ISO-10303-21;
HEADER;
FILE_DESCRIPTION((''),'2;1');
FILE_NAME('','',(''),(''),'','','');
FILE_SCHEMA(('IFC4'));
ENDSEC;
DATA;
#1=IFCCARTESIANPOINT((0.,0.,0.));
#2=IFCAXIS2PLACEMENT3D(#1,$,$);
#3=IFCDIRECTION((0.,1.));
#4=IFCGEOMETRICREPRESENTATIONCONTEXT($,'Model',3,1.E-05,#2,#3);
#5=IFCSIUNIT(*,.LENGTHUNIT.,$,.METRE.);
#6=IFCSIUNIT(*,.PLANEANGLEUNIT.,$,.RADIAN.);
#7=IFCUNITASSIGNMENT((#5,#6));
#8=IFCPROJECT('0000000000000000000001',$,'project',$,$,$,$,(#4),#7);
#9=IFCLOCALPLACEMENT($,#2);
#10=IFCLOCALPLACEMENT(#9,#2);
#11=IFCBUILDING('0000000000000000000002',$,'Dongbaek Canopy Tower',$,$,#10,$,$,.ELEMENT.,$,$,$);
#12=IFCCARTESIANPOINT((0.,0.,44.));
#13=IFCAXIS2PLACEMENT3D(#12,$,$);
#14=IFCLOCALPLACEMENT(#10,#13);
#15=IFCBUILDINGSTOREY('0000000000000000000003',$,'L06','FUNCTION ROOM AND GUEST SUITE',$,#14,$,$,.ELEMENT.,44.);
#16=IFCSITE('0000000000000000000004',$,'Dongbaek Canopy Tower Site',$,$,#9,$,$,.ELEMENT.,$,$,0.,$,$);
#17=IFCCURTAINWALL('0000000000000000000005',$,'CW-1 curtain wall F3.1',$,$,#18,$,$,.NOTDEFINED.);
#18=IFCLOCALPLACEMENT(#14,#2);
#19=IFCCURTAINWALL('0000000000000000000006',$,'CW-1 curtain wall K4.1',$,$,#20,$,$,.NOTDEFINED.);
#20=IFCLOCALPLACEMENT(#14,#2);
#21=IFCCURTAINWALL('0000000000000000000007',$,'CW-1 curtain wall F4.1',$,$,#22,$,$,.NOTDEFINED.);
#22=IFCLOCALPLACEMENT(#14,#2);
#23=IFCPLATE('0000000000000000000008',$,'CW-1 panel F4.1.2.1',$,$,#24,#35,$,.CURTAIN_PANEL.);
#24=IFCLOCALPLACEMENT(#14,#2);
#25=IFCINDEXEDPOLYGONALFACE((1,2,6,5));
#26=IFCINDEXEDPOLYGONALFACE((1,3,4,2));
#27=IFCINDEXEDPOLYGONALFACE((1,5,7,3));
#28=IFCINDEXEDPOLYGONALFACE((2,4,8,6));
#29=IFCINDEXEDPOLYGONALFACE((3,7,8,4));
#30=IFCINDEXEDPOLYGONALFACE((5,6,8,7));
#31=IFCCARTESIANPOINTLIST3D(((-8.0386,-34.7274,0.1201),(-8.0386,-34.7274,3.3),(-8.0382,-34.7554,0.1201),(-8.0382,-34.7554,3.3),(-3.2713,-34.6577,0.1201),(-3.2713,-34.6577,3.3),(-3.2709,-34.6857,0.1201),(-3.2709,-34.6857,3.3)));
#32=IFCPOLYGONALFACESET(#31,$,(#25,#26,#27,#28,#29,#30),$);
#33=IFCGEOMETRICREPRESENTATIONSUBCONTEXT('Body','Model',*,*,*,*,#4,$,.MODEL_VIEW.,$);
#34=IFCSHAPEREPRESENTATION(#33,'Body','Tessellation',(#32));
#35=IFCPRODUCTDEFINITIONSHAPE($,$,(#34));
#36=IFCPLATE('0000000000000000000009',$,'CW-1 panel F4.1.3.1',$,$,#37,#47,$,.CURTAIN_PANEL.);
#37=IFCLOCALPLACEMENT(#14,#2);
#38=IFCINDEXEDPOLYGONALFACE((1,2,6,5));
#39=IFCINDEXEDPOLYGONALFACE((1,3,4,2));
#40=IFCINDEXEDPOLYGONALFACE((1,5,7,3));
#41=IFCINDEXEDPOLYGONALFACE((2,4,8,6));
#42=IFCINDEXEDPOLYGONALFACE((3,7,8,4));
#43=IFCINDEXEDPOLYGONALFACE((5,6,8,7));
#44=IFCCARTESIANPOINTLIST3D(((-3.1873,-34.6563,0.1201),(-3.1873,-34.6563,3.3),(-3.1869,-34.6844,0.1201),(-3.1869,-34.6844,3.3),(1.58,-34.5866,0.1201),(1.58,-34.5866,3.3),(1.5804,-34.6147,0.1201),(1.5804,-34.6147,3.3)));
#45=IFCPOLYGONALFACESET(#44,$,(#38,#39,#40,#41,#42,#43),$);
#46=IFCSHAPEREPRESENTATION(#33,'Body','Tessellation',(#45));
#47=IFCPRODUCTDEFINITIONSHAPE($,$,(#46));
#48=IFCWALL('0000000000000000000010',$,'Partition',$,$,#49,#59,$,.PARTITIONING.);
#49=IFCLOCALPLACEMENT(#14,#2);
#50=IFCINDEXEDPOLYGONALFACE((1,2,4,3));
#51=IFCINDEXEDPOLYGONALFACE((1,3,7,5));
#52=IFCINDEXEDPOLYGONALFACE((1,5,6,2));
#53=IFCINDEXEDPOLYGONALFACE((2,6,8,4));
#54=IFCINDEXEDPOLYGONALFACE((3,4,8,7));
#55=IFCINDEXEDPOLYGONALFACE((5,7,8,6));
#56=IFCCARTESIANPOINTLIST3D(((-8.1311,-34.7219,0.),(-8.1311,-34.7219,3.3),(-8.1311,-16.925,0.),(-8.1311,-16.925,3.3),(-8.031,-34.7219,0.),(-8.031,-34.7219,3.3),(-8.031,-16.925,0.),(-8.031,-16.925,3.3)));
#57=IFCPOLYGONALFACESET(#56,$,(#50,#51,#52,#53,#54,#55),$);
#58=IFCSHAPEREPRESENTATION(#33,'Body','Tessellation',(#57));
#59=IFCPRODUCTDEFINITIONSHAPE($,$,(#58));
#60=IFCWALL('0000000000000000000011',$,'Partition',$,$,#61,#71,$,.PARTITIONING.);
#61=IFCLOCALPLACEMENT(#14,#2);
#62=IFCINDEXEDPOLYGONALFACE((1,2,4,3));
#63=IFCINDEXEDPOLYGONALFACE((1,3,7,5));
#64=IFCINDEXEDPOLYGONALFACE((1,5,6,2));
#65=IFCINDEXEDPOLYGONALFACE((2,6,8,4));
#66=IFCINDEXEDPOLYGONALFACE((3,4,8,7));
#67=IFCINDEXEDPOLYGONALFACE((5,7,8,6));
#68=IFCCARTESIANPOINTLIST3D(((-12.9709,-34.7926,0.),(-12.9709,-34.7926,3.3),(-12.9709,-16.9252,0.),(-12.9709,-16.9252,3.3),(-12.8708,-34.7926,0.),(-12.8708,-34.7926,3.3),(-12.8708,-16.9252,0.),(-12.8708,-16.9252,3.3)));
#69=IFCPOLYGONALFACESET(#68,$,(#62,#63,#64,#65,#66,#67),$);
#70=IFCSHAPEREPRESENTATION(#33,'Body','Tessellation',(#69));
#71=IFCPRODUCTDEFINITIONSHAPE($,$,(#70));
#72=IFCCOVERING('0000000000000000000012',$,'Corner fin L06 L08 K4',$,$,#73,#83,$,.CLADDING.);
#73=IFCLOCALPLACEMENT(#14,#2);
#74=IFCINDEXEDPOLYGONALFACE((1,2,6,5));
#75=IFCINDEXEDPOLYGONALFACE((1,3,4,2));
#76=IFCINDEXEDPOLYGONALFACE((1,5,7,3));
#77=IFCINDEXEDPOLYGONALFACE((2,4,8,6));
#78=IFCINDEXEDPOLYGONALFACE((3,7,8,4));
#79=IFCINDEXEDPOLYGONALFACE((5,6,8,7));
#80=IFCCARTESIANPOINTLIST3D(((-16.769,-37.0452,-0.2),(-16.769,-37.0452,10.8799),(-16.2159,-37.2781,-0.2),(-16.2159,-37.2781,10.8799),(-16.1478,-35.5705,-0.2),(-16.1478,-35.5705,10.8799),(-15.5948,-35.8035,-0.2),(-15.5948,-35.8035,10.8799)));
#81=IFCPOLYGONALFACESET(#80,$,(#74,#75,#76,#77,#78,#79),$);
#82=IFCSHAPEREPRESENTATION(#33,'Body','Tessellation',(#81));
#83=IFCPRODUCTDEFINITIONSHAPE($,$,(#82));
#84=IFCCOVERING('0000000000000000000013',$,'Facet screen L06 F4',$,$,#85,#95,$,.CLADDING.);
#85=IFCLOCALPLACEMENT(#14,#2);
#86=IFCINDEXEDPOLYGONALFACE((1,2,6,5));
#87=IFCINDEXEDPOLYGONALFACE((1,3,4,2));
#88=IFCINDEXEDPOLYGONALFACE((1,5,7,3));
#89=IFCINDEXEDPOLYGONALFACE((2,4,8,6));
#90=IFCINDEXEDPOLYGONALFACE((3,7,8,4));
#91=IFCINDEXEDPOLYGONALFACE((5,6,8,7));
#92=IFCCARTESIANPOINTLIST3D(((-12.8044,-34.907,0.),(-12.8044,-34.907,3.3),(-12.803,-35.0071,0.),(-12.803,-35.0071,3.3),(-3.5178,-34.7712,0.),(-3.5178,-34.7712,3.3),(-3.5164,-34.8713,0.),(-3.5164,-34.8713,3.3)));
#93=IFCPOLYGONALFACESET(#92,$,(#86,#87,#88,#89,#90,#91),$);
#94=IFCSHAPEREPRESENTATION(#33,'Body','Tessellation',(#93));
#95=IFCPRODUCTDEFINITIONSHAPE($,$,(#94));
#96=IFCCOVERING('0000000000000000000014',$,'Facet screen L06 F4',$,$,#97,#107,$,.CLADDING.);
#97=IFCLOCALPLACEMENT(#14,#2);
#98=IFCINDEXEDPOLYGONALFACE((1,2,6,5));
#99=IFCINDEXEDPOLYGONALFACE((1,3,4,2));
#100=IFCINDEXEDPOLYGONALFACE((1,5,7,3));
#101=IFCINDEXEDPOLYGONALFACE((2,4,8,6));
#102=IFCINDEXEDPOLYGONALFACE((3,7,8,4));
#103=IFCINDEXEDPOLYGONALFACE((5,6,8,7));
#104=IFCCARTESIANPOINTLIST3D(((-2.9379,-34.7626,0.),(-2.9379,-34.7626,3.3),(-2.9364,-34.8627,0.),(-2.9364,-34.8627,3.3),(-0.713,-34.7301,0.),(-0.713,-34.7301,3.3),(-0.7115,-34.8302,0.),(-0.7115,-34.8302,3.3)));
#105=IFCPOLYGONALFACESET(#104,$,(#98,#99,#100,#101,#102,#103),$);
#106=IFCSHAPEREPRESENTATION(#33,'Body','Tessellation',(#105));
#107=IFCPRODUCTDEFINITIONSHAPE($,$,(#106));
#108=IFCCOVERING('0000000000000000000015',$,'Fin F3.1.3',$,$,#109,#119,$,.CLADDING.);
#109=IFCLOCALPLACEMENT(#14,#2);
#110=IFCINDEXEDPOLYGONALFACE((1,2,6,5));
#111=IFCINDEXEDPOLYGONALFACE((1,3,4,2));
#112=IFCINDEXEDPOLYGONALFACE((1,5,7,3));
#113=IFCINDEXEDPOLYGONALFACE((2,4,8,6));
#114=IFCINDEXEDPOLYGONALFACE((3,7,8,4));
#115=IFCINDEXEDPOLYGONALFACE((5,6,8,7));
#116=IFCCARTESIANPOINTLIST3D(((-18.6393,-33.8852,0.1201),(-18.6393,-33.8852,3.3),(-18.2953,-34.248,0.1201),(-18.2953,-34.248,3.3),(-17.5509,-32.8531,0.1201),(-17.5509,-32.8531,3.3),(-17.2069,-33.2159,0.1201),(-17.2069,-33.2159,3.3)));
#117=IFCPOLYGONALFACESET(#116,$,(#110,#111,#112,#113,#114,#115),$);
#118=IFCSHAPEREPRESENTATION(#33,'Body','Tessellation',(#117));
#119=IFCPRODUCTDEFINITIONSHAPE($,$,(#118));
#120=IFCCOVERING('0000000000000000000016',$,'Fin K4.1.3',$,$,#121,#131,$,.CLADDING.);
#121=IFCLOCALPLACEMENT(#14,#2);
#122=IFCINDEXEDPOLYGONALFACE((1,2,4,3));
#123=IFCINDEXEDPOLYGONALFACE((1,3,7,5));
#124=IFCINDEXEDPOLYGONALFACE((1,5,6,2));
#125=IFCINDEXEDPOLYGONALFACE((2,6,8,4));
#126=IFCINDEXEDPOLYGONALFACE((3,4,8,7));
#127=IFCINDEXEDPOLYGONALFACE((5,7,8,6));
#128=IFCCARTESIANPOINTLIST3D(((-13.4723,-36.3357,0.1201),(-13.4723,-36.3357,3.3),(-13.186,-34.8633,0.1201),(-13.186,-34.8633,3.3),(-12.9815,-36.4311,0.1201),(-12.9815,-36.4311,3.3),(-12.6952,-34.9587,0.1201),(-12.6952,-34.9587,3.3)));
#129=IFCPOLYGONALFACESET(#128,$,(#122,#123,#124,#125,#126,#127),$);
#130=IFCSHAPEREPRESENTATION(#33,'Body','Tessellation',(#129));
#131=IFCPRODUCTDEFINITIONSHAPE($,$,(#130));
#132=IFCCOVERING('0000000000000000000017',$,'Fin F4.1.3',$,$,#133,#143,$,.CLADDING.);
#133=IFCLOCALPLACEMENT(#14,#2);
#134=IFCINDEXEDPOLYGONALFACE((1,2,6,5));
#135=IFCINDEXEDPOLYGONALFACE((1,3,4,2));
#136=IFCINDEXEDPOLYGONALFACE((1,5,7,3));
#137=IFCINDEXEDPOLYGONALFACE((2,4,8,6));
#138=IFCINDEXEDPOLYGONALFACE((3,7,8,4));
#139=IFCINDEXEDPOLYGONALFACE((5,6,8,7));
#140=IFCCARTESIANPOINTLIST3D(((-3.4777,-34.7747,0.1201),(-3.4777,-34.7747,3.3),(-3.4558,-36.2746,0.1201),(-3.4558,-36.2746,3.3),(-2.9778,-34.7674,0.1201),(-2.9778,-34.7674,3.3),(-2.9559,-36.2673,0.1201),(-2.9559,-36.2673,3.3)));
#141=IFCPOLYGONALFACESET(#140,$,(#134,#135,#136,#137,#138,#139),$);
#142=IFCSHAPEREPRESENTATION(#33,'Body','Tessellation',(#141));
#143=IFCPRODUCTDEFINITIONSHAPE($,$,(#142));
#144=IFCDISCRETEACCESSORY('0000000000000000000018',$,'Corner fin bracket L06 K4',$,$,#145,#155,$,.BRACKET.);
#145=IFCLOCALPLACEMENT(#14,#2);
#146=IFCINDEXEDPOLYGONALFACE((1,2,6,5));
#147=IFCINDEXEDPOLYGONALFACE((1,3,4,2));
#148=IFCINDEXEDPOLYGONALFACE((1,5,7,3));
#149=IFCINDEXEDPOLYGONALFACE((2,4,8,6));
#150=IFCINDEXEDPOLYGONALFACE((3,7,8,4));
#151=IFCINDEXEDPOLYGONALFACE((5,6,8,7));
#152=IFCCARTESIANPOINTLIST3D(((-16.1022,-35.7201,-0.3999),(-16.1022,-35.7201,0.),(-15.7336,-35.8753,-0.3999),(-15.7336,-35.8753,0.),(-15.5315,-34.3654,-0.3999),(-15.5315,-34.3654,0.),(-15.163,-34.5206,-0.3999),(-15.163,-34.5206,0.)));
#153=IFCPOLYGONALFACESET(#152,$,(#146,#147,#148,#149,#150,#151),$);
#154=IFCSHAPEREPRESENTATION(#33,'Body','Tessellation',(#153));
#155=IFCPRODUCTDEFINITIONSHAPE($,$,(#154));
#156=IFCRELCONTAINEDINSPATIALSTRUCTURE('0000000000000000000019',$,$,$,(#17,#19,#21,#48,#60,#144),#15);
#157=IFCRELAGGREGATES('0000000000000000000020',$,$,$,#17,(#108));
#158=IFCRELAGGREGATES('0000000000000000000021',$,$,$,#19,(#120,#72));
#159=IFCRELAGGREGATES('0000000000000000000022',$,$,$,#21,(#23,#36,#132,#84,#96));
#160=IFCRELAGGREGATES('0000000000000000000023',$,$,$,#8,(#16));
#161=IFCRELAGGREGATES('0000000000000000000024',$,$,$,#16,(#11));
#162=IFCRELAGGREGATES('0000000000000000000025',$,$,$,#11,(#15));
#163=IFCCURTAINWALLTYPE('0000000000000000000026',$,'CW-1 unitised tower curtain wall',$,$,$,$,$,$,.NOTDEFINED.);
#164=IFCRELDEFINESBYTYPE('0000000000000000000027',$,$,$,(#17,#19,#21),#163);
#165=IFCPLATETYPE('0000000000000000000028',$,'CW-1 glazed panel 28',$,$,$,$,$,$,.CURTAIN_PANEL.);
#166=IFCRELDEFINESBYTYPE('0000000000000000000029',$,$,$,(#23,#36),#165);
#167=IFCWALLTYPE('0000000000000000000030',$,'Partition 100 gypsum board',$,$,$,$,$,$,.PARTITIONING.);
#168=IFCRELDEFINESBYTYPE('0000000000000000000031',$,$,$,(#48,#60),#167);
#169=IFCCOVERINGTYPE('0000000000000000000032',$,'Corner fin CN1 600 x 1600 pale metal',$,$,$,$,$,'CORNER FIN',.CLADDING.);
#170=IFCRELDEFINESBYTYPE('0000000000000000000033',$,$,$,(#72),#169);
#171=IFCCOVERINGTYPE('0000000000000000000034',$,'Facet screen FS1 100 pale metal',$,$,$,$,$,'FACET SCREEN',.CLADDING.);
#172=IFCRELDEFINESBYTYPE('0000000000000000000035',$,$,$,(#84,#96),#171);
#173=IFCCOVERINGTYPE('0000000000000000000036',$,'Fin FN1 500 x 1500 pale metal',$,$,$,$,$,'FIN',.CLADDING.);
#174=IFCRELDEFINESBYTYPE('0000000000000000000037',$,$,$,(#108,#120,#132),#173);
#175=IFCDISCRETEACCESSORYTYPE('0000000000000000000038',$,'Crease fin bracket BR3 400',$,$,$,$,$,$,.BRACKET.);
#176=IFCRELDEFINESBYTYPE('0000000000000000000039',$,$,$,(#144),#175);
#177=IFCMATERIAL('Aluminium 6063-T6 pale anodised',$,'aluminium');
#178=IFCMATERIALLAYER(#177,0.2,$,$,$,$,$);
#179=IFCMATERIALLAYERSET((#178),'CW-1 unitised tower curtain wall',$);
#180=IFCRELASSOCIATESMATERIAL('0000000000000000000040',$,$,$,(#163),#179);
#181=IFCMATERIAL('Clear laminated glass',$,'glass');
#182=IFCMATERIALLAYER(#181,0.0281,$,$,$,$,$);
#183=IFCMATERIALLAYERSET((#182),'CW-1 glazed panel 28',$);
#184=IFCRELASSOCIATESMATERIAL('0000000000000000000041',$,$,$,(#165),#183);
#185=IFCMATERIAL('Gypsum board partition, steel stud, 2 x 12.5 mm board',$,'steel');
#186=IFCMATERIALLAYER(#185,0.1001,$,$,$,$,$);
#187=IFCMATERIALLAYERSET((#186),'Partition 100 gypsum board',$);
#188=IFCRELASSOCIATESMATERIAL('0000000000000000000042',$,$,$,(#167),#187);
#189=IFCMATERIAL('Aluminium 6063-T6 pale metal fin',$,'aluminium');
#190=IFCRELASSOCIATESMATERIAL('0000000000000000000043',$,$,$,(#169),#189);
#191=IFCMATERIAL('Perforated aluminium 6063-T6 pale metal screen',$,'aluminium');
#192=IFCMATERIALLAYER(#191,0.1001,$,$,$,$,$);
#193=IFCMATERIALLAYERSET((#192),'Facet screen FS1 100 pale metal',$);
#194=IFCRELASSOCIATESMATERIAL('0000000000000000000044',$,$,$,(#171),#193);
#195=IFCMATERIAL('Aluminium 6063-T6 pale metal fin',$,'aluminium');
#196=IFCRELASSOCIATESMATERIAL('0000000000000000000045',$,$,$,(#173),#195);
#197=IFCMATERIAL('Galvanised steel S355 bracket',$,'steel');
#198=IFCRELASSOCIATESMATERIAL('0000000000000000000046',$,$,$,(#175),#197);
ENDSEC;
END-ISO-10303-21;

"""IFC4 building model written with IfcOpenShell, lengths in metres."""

from ifc_helpers import new_model, si_unit, direction, frame, frame_2d, origin, origin_2d, place, context, subcontext, project, spatial, rectangle, extrude, material, layer, layer_set, material_profile, profile_set, type_object, element, aggregate, save


model = new_model("IFC4")

# Units and contexts
model_context = context("Model", 3, precision=1e-05, world=origin(), true_north=direction((0.0, 1.0)))
body_context = subcontext(model_context, "Body", "Model", "MODEL_VIEW")
ifc_project = project(units=[si_unit("LENGTHUNIT", "METRE"), si_unit("PLANEANGLEUNIT", "RADIAN")], contexts=[model_context])

# Site, building, storey
site_placement = place(None, origin())
site = spatial("IfcSite", under=ifc_project, at=site_placement, Name="Dongbaek Canopy Tower Site", CompositionType="ELEMENT", RefElevation=0.0)
building_placement = place(site_placement, origin())
building = spatial("IfcBuilding", under=site, at=building_placement, Name="Dongbaek Canopy Tower", CompositionType="ELEMENT")
storey_placement = place(building_placement, frame((0.0, 0.0, 44.0)))
storey = spatial("IfcBuildingStorey", under=building, at=storey_placement, Name="L06", Description="FUNCTION ROOM AND GUEST SUITE", CompositionType="ELEMENT", Elevation=44.0)

# Curtain wall
ifc_material_1 = material(Name="Aluminium 6063-T6 pale anodised", Category="aluminium")
ifc_layer_1 = layer(ifc_material_1, 0.2)
ifc_layer_set_1 = layer_set([ifc_layer_1], Name="CW-1 unitised tower curtain wall")
curtain_wall_type = type_object("IfcCurtainWallType", Name="CW-1 unitised tower curtain wall", PredefinedType="NOTDEFINED", material=ifc_layer_set_1)
curtain_wall_1_placement = place(storey_placement, origin())
curtain_wall_1 = element("IfcCurtainWall", 1, at=curtain_wall_1_placement, inside=storey, type_object=curtain_wall_type, Name="CW-1 curtain wall F3.1", PredefinedType="NOTDEFINED")

# Curtain walls
curtain_wall_2_placement = place(storey_placement, origin())
curtain_wall_2 = element("IfcCurtainWall", 2, at=curtain_wall_2_placement, inside=storey, type_object=curtain_wall_type, Name="CW-1 curtain wall K4.1", PredefinedType="NOTDEFINED")
curtain_wall_3_placement = place(storey_placement, origin())
curtain_wall_3 = element("IfcCurtainWall", 3, at=curtain_wall_3_placement, inside=storey, type_object=curtain_wall_type, Name="CW-1 curtain wall F4.1", PredefinedType="NOTDEFINED")

# Plates
ifc_material_2 = material(Name="Clear laminated glass", Category="glass")
ifc_layer_2 = layer(ifc_material_2, 0.0281)
ifc_layer_set_2 = layer_set([ifc_layer_2], Name="CW-1 glazed panel 28")
plate_type = type_object("IfcPlateType", Name="CW-1 glazed panel 28", PredefinedType="CURTAIN_PANEL", material=ifc_layer_set_2)
plate_1_placement = place(storey_placement, frame((-5.6548, -34.7065, 0.1201), z_axis=(0.0, 0.0, 1.0), x_axis=(0.999893, 0.014619, 0.0)))
plate_1 = element("IfcPlate", 4, at=plate_1_placement, type_object=plate_type, Name="CW-1 panel F4.1.2.1", PredefinedType="CURTAIN_PANEL", context=body_context, shape_type="SweptSolid", body=[
    extrude(rectangle(XDim=4.7678, YDim=0.0281, at=origin_2d()), origin(), (0.0, 0.0, 1.0), 3.1799),
])
plate_2_placement = place(storey_placement, frame((-0.8035, -34.6355, 0.1201), z_axis=(0.0, 0.0, 1.0), x_axis=(0.999893, 0.014619, 0.0)))
plate_2 = element("IfcPlate", 5, at=plate_2_placement, type_object=plate_type, Name="CW-1 panel F4.1.3.1", PredefinedType="CURTAIN_PANEL", context=body_context, shape_type="SweptSolid", body=[
    extrude(rectangle(XDim=4.7678, YDim=0.0281, at=origin_2d()), origin(), (0.0, 0.0, 1.0), 3.1799),
])

# Walls
ifc_material_3 = material(Name="Gypsum board partition, steel stud, 2 x 12.5 mm board", Category="steel")
ifc_layer_3 = layer(ifc_material_3, 0.1001)
ifc_layer_set_3 = layer_set([ifc_layer_3], Name="Partition 100 gypsum board")
wall_type = type_object("IfcWallType", Name="Partition 100 gypsum board", PredefinedType="PARTITIONING", material=ifc_layer_set_3)
wall_1_placement = place(storey_placement, frame((-8.0811, -34.7219, 0.0), z_axis=(0.0, 0.0, 1.0), x_axis=(0.0, 1.0, 0.0)))
element("IfcWall", 6, at=wall_1_placement, inside=storey, type_object=wall_type, Name="Partition", PredefinedType="PARTITIONING", context=body_context, shape_type="SweptSolid", body=[
    extrude(rectangle(XDim=17.7969, YDim=0.1001, at=frame_2d((8.8984, 0.0))), origin(), (0.0, 0.0, 1.0), 3.3),
])
wall_2_placement = place(storey_placement, frame((-12.9209, -34.7925, 0.0), z_axis=(0.0, 0.0, 1.0), x_axis=(0.0, 1.0, 0.0)))
element("IfcWall", 7, at=wall_2_placement, inside=storey, type_object=wall_type, Name="Partition", PredefinedType="PARTITIONING", context=body_context, shape_type="SweptSolid", body=[
    extrude(rectangle(XDim=17.8674, YDim=0.1001, at=frame_2d((8.9336, 0.0))), origin(), (0.0, 0.0, 1.0), 3.3),
])

# Coverings
ifc_material_4 = material(Name="Aluminium 6063-T6 pale metal fin", Category="aluminium")
ifc_material_profile_1 = material_profile(ifc_material_4, rectangle(XDim=1.6001, YDim=0.6001, at=origin_2d()), Name="Corner fin CN1 600 x 1600 pale metal")
ifc_profile_set_1 = profile_set([ifc_material_profile_1], Name="Aluminium 6063-T6 pale metal fin")
covering_type_1 = type_object("IfcCoveringType", Name="Corner fin CN1 600 x 1600 pale metal", ElementType="CORNER FIN", PredefinedType="CLADDING", material=ifc_profile_set_1)
covering_1_placement = place(storey_placement, frame((-16.1819, -36.4243, -0.2), z_axis=(0.0, 0.0, 1.0), x_axis=(-0.388186, -0.921581, 0.0)))
covering_1 = element("IfcCovering", 8, at=covering_1_placement, type_object=covering_type_1, Name="Corner fin L06 L08 K4", PredefinedType="CLADDING", context=body_context, shape_type="SweptSolid", body=[
    extrude(rectangle(XDim=1.6001, YDim=0.6001, at=origin_2d()), origin(), (0.0, 0.0, 1.0), 11.0798),
])
ifc_material_5 = material(Name="Perforated aluminium 6063-T6 pale metal screen", Category="aluminium")
ifc_layer_4 = layer(ifc_material_5, 0.1001)
ifc_layer_set_4 = layer_set([ifc_layer_4], Name="Facet screen FS1 100 pale metal")
covering_type_2 = type_object("IfcCoveringType", Name="Facet screen FS1 100 pale metal", ElementType="FACET SCREEN", PredefinedType="CLADDING", material=ifc_layer_set_4)
covering_2_placement = place(storey_placement, frame((-8.1604, -34.8892, 0.0), z_axis=(0.0, 0.0, 1.0), x_axis=(0.999893, 0.014618, 0.0)))
covering_2 = element("IfcCovering", 9, at=covering_2_placement, type_object=covering_type_2, Name="Facet screen L06 F4", PredefinedType="CLADDING", context=body_context, shape_type="SweptSolid", body=[
    extrude(rectangle(XDim=9.2876, YDim=0.1001, at=origin_2d()), origin(), (0.0, 0.0, 1.0), 3.3),
])
covering_3_placement = place(storey_placement, frame((-1.8247, -34.7964, 0.0), z_axis=(0.0, 0.0, 1.0), x_axis=(0.999893, 0.014618, 0.0)))
covering_3 = element("IfcCovering", 10, at=covering_3_placement, type_object=covering_type_2, Name="Facet screen L06 F4", PredefinedType="CLADDING", context=body_context, shape_type="SweptSolid", body=[
    extrude(rectangle(XDim=2.2251, YDim=0.1001, at=origin_2d()), origin(), (0.0, 0.0, 1.0), 3.3),
])
ifc_material_6 = material(Name="Aluminium 6063-T6 pale metal fin", Category="aluminium")
ifc_material_profile_2 = material_profile(ifc_material_6, rectangle(XDim=1.5, YDim=0.5, at=origin_2d()), Name="Fin FN1 500 x 1500 pale metal")
ifc_profile_set_2 = profile_set([ifc_material_profile_2], Name="Aluminium 6063-T6 pale metal fin")
covering_type_3 = type_object("IfcCoveringType", Name="Fin FN1 500 x 1500 pale metal", ElementType="FIN", PredefinedType="CLADDING", material=ifc_profile_set_2)
covering_4_placement = place(storey_placement, frame((-17.9231, -33.5505, 0.1201), z_axis=(0.0, 0.0, 1.0), x_axis=(-0.725627, -0.688089, 0.0)))
covering_4 = element("IfcCovering", 11, at=covering_4_placement, type_object=covering_type_3, Name="Fin F3.1.3", PredefinedType="CLADDING", context=body_context, shape_type="SweptSolid", body=[
    extrude(rectangle(XDim=1.5, YDim=0.5, at=origin_2d()), origin(), (0.0, 0.0, 1.0), 3.1799),
])
aggregate(curtain_wall_1, [covering_4])
covering_5_placement = place(storey_placement, frame((-13.0837, -35.6472, 0.1201), z_axis=(0.0, 0.0, 1.0), x_axis=(-0.190844, -0.98162, 0.0)))
covering_5 = element("IfcCovering", 12, at=covering_5_placement, type_object=covering_type_3, Name="Fin K4.1.3", PredefinedType="CLADDING", context=body_context, shape_type="SweptSolid", body=[
    extrude(rectangle(XDim=1.5, YDim=0.5, at=origin_2d()), origin(), (0.0, 0.0, 1.0), 3.1799),
])
aggregate(curtain_wall_2, [covering_5, covering_1])
covering_6_placement = place(storey_placement, frame((-3.2168, -35.521, 0.1201), z_axis=(0.0, 0.0, 1.0), x_axis=(0.014619, -0.999893, 0.0)))
covering_6 = element("IfcCovering", 13, at=covering_6_placement, type_object=covering_type_3, Name="Fin F4.1.3", PredefinedType="CLADDING", context=body_context, shape_type="SweptSolid", body=[
    extrude(rectangle(XDim=1.5, YDim=0.5, at=origin_2d()), origin(), (0.0, 0.0, 1.0), 3.1799),
])
aggregate(curtain_wall_3, [plate_1, plate_2, covering_6, covering_2, covering_3])

# Discrete accessory
ifc_material_7 = material(Name="Galvanised steel S355 bracket", Category="steel")
discrete_accessory_type = type_object("IfcDiscreteAccessoryType", Name="Crease fin bracket BR3 400", PredefinedType="BRACKET", material=ifc_material_7)
discrete_accessory_placement = place(storey_placement, frame((-15.6326, -35.1204, -0.3999), z_axis=(0.0, 0.0, 1.0), x_axis=(-0.388186, -0.921581, 0.0)))
element("IfcDiscreteAccessory", 14, at=discrete_accessory_placement, inside=storey, type_object=discrete_accessory_type, Name="Corner fin bracket L06 K4", PredefinedType="BRACKET", context=body_context, shape_type="SweptSolid", body=[
    extrude(rectangle(XDim=1.47, YDim=0.3999, at=origin_2d()), origin(), (0.0, 0.0, 1.0), 0.3999),
])

save(model, "model.ifc")
